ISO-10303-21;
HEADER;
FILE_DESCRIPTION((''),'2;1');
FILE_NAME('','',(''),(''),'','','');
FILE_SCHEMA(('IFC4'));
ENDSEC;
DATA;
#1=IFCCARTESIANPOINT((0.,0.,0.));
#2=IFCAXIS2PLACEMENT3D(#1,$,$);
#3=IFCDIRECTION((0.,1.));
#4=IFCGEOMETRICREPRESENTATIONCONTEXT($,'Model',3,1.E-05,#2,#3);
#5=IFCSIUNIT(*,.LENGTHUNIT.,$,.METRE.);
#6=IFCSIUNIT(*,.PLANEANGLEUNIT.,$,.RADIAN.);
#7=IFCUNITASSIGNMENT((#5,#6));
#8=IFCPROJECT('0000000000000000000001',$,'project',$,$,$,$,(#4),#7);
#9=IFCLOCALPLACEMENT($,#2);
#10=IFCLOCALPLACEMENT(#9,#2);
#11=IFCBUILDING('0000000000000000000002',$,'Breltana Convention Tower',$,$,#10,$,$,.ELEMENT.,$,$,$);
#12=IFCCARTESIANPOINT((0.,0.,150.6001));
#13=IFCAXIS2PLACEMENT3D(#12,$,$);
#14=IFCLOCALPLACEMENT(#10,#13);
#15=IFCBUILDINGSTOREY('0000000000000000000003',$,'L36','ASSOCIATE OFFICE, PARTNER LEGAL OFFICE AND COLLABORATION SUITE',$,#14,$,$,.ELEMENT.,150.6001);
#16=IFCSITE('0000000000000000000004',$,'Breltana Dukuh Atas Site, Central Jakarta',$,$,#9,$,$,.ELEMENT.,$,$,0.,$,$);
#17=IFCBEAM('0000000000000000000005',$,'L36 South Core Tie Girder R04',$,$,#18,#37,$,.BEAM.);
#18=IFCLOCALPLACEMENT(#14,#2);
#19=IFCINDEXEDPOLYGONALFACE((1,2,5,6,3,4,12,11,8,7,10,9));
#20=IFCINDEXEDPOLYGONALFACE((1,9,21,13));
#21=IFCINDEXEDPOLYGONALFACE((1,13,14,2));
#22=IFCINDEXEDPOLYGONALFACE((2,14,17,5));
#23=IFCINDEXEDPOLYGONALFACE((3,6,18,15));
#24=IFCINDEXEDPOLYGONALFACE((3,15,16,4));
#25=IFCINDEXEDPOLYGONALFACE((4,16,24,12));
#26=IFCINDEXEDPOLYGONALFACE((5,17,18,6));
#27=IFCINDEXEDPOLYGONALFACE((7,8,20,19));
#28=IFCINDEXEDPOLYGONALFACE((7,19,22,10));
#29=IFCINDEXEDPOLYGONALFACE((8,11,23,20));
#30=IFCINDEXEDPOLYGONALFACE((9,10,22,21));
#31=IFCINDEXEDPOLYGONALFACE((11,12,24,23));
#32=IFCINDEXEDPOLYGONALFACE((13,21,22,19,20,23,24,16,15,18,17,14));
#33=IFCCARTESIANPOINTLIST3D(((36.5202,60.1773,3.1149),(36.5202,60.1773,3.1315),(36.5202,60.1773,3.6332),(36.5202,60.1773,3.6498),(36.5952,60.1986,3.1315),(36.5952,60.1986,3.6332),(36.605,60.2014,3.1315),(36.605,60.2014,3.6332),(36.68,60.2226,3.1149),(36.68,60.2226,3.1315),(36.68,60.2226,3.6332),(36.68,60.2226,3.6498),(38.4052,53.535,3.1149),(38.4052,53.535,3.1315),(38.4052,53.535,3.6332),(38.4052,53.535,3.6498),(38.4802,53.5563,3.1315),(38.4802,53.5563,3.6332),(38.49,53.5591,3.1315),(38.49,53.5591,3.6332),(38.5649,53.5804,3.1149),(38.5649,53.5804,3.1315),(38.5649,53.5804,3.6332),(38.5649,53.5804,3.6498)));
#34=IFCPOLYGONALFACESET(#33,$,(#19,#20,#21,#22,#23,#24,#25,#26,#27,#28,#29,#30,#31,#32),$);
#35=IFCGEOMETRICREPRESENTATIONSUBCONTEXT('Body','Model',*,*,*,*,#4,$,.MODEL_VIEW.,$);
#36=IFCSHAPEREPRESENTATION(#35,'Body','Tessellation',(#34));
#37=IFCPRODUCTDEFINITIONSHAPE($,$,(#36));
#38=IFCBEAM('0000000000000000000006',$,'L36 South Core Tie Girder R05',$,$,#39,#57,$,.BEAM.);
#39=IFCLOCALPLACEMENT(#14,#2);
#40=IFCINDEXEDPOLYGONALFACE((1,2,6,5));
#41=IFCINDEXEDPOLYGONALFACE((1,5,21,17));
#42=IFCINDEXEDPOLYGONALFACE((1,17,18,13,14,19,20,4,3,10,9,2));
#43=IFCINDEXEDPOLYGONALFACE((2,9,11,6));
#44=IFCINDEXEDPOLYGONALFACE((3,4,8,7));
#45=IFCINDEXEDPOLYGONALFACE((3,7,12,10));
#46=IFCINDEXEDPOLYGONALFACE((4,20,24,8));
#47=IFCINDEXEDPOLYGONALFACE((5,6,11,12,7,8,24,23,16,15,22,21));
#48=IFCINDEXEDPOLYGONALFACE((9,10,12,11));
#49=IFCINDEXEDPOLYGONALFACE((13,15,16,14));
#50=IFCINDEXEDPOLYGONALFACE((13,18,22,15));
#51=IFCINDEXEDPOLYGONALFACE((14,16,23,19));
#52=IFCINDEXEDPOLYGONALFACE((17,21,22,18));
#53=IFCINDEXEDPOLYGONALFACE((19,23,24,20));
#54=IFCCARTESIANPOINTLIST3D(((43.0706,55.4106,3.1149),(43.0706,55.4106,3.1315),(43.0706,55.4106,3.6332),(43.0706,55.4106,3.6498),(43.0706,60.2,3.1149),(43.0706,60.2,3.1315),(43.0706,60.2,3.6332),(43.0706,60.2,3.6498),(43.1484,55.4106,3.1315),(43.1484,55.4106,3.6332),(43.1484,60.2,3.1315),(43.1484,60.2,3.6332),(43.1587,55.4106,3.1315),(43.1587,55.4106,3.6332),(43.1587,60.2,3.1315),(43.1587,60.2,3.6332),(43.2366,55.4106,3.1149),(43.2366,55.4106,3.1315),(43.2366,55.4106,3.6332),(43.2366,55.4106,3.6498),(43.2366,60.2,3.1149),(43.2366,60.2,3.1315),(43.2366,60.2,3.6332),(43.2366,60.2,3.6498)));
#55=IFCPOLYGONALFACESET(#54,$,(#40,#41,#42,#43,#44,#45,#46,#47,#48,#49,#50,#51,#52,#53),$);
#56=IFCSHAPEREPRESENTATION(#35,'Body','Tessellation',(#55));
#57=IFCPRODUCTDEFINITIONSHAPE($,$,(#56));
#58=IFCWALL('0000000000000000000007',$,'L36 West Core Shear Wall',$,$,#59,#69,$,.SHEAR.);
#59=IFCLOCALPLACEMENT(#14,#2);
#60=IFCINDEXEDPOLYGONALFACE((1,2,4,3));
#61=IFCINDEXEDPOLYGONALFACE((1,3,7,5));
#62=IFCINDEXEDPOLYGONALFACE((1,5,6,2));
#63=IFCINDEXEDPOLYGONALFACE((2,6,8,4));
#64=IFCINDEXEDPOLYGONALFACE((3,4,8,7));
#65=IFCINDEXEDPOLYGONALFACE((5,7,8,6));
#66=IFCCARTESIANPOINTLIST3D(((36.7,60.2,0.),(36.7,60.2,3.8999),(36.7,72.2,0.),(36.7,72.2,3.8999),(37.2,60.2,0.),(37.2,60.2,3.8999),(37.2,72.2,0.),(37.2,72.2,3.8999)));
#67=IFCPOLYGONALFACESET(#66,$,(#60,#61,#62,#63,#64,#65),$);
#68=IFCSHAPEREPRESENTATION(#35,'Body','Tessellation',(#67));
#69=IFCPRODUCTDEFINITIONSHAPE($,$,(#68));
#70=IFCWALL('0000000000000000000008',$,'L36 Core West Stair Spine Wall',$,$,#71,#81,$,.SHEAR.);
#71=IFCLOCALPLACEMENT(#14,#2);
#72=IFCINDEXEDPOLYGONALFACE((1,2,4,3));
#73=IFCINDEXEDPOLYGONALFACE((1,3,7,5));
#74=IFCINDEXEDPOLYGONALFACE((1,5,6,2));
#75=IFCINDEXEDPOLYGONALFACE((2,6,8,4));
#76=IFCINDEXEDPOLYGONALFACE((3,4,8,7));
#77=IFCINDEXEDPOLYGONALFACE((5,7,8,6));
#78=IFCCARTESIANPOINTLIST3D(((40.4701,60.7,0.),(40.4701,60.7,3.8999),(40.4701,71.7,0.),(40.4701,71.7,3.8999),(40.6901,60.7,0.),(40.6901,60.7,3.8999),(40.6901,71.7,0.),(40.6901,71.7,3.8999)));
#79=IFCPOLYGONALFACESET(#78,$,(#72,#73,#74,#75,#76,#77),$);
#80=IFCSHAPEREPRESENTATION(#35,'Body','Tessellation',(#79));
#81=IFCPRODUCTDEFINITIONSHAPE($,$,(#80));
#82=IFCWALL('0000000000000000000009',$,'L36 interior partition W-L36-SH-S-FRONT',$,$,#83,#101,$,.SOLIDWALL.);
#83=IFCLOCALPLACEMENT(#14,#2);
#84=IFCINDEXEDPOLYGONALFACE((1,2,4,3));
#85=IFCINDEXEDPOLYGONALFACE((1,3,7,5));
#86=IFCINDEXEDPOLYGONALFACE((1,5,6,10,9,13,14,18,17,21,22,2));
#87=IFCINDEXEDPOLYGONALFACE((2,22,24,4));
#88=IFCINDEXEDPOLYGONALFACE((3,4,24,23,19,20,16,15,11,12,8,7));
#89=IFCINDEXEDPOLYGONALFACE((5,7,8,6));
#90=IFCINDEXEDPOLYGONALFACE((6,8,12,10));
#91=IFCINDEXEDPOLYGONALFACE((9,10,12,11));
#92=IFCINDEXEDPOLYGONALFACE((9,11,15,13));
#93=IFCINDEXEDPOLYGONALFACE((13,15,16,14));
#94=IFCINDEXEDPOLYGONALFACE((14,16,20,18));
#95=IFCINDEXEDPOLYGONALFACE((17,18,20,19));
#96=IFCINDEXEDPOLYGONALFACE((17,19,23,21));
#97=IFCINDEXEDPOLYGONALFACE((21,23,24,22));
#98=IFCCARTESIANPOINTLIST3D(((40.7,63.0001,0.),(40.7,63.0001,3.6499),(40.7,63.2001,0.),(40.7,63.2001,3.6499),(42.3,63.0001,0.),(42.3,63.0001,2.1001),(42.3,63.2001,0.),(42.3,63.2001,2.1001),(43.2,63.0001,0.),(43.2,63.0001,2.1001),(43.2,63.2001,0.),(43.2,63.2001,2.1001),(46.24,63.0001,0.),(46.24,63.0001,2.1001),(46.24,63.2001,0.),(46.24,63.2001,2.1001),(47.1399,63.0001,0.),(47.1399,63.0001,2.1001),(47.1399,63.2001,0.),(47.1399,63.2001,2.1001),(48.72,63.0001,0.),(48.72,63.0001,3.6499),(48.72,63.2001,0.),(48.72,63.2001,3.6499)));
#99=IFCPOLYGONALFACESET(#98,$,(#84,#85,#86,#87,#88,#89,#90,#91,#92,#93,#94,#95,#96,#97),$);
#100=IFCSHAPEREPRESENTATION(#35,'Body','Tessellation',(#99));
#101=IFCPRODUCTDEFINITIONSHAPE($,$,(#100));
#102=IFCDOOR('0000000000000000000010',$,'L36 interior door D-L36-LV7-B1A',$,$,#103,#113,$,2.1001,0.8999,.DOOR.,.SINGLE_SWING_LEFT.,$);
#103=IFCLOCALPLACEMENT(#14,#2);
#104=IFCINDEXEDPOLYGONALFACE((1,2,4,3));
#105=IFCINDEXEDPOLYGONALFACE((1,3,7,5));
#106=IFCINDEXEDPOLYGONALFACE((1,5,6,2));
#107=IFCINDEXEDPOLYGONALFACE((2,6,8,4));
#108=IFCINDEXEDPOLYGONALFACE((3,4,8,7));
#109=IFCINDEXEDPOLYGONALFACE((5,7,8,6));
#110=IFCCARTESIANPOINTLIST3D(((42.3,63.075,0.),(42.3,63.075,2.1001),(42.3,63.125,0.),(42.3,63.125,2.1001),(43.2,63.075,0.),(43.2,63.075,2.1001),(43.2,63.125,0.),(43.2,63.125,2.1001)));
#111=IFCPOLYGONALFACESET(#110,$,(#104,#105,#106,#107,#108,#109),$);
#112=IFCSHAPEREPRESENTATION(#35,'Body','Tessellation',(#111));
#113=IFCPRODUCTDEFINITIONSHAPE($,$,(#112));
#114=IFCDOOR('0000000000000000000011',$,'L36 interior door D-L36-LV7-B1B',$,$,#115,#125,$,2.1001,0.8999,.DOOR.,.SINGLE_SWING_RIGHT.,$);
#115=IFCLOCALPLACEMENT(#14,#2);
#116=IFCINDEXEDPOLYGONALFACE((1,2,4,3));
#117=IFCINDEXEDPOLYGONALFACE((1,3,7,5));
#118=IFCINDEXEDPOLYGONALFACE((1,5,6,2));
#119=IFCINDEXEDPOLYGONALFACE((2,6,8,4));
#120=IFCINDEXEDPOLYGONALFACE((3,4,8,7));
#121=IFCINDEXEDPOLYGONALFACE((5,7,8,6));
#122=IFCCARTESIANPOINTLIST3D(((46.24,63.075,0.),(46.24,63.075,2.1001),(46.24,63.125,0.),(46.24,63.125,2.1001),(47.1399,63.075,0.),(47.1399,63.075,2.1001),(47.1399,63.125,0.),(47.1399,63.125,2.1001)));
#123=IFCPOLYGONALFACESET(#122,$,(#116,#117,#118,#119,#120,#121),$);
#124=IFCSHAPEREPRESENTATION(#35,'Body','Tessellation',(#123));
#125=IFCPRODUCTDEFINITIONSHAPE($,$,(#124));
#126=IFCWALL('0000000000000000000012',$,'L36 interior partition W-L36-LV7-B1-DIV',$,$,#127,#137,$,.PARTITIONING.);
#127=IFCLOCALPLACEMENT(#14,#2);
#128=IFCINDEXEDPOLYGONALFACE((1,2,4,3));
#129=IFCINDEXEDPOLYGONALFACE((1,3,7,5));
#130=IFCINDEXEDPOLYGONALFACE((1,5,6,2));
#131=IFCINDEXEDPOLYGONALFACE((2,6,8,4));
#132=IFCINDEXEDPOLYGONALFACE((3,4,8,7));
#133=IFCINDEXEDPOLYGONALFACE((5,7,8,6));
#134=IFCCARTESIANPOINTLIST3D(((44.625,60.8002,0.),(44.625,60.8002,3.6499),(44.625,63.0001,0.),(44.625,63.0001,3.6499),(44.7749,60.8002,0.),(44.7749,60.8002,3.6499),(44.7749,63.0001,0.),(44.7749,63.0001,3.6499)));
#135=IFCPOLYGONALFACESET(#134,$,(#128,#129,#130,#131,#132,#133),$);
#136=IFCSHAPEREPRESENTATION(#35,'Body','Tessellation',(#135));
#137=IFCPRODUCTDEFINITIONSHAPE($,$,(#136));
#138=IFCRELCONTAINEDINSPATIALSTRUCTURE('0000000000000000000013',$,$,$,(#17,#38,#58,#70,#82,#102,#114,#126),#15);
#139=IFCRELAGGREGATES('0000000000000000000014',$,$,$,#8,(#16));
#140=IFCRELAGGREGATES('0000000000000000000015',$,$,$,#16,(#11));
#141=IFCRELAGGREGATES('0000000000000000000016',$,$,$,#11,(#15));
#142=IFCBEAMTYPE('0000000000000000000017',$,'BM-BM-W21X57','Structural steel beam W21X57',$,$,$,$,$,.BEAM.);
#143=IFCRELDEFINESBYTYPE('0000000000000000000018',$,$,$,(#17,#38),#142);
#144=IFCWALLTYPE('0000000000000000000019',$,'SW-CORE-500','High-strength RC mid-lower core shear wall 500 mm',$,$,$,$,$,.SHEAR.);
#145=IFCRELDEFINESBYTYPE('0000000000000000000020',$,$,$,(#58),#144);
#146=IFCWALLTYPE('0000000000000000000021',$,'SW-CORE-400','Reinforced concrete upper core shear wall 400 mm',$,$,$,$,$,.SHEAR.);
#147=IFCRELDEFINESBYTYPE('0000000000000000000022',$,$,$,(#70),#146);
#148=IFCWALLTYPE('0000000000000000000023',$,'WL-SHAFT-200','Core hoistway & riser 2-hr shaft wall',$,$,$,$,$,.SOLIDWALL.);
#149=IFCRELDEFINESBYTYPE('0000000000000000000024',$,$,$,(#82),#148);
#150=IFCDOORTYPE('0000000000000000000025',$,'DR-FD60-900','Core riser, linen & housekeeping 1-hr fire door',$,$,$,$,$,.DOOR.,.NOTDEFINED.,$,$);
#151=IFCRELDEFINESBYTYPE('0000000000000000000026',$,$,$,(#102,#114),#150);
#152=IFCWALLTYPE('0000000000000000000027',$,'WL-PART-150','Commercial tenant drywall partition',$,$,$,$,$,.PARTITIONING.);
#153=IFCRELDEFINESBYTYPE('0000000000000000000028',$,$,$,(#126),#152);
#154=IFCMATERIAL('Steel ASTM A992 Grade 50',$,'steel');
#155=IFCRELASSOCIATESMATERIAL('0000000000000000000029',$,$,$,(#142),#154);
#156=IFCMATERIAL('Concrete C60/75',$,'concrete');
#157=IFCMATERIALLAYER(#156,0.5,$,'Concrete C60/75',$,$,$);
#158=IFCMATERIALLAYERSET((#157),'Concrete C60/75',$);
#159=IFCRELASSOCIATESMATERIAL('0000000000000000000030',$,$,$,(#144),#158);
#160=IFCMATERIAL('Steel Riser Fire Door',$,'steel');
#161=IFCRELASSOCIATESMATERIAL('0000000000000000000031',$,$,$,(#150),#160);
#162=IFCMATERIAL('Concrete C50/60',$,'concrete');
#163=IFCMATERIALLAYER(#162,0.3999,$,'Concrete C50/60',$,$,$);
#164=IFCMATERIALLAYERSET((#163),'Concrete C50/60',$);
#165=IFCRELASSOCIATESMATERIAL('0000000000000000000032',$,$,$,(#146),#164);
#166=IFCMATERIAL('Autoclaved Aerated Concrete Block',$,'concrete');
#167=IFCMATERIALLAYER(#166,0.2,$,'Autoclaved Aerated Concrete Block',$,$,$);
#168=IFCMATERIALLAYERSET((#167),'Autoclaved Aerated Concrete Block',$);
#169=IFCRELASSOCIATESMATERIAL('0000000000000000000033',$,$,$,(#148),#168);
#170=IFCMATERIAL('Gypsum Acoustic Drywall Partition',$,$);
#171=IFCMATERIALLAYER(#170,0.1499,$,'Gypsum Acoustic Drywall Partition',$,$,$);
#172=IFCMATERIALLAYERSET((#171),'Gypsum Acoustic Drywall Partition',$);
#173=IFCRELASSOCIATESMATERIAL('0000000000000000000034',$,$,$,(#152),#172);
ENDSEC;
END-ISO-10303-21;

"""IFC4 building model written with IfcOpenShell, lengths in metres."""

from ifc_helpers import new_model, si_unit, direction, frame, frame_2d, origin, origin_2d, place, context, subcontext, project, spatial, rectangle, i_section, extrude, source, transform, mapped, material, layer, layer_set, material_profile, profile_set, type_object, type_shapes, element, fill, save


model = new_model("IFC4")

# Units and contexts
model_context = context("Model", 3, precision=1e-05, world=origin(), true_north=direction((0.0, 1.0)))
body_context = subcontext(model_context, "Body", "Model", "MODEL_VIEW")
ifc_project = project(units=[si_unit("LENGTHUNIT", "METRE"), si_unit("PLANEANGLEUNIT", "RADIAN")], contexts=[model_context])

# Site, building, storey
site_placement = place(None, origin())
site = spatial("IfcSite", under=ifc_project, at=site_placement, Name="Breltana Dukuh Atas Site, Central Jakarta", CompositionType="ELEMENT", RefElevation=0.0)
building_placement = place(site_placement, origin())
building = spatial("IfcBuilding", under=site, at=building_placement, Name="Breltana Convention Tower", CompositionType="ELEMENT")
storey_placement = place(building_placement, frame((0.0, 0.0, 150.6001)))
storey = spatial("IfcBuildingStorey", under=building, at=storey_placement, Name="L36", Description="ASSOCIATE OFFICE, PARTNER LEGAL OFFICE AND COLLABORATION SUITE", CompositionType="ELEMENT", Elevation=150.6001)

# Beams
ifc_material_1 = material(Name="Steel ASTM A992 Grade 50", Category="steel")
ifc_material_profile = material_profile(ifc_material_1, i_section(OverallWidth=0.166, OverallDepth=0.5349, WebThickness=0.0103, FlangeThickness=0.0166, at=origin_2d()), Name="W21X57")
ifc_profile_set = profile_set([ifc_material_profile], Name="Steel ASTM A992 Grade 50")
beam_type = type_object("IfcBeamType", Name="BM-BM-W21X57", Description="Structural steel beam W21X57", PredefinedType="BEAM", material=ifc_profile_set)
shared_shape_1 = source(origin(), body_context, "Body", "SweptSolid", [
    extrude(i_section(OverallWidth=0.166, OverallDepth=0.5349, WebThickness=0.0103, FlangeThickness=0.0166, at=origin_2d()), origin(), (0.0, 0.0, 1.0), 6.9045),
])
type_shapes(beam_type, [shared_shape_1])
beam_1_placement = place(storey_placement, frame((36.6001, 60.2, 3.3823), z_axis=(0.273007, -0.962012, 0.0), x_axis=(0.962012, 0.273007, 0.0)))
element("IfcBeam", 1, at=beam_1_placement, inside=storey, type_object=beam_type, Name="L36 South Core Tie Girder R04", PredefinedType="BEAM", context=body_context, shape_type="MappedRepresentation", body=[
    mapped(shared_shape_1, transform((0.0, 0.0, 0.0), scale=1.0)),
])
shared_shape_2 = source(origin(), body_context, "Body", "SweptSolid", [
    extrude(i_section(OverallWidth=0.166, OverallDepth=0.5349, WebThickness=0.0103, FlangeThickness=0.0166, at=origin_2d()), origin(), (0.0, 0.0, 1.0), 4.7893),
])
beam_2_placement = place(storey_placement, frame((43.1536, 60.2, 3.3823), z_axis=(0.0, -1.0, 0.0), x_axis=(1.0, 0.0, 0.0)))
element("IfcBeam", 2, at=beam_2_placement, inside=storey, type_object=beam_type, Name="L36 South Core Tie Girder R05", PredefinedType="BEAM", context=body_context, shape_type="MappedRepresentation", body=[
    mapped(shared_shape_2, transform((0.0, 0.0, 0.0), scale=1.0)),
])

# Wall
ifc_material_2 = material(Name="Concrete C60/75", Category="concrete")
ifc_layer_1 = layer(ifc_material_2, 0.5, Name="Concrete C60/75")
ifc_layer_set_1 = layer_set([ifc_layer_1], Name="Concrete C60/75")
wall_type_1 = type_object("IfcWallType", Name="SW-CORE-500", Description="High-strength RC mid-lower core shear wall 500 mm", PredefinedType="SHEAR", material=ifc_layer_set_1)
shared_shape_3 = source(origin(), body_context, "Body", "SweptSolid", [
    extrude(rectangle(XDim=12.0, YDim=0.5, at=frame_2d((6.0, 0.0))), origin(), (0.0, 0.0, 1.0), 3.8999),
])
wall_1_placement = place(storey_placement, frame((36.95, 60.2, 0.0), z_axis=(0.0, 0.0, 1.0), x_axis=(0.0, 1.0, 0.0)))
element("IfcWall", 3, at=wall_1_placement, inside=storey, type_object=wall_type_1, Name="L36 West Core Shear Wall", PredefinedType="SHEAR", context=body_context, shape_type="MappedRepresentation", body=[
    mapped(shared_shape_3, transform((0.0, 0.0, 0.0), scale=1.0)),
])

# Shared definitions
ifc_material_3 = material(Name="Steel Riser Fire Door", Category="steel")
door_type_1 = type_object("IfcDoorType", Name="DR-FD60-900", Description="Core riser, linen & housekeeping 1-hr fire door", OperationType="NOTDEFINED", PredefinedType="DOOR", material=ifc_material_3)
shared_shape_4 = source(origin(), body_context, "Body", "SweptSolid", [
    extrude(rectangle(XDim=0.8999, YDim=2.1001, at=frame_2d((0.45, 1.05))), frame((0.0, 0.0249, 0.0), z_axis=(0.0, -1.0, 0.0), x_axis=(1.0, 0.0, 0.0)), (0.0, 0.0, 1.0), 0.05),
])
type_shapes(door_type_1, [shared_shape_4])

# Wall
ifc_material_4 = material(Name="Concrete C50/60", Category="concrete")
ifc_layer_2 = layer(ifc_material_4, 0.3999, Name="Concrete C50/60")
ifc_layer_set_2 = layer_set([ifc_layer_2], Name="Concrete C50/60")
wall_type_2 = type_object("IfcWallType", Name="SW-CORE-400", Description="Reinforced concrete upper core shear wall 400 mm", PredefinedType="SHEAR", material=ifc_layer_set_2)
shared_shape_5 = source(origin(), body_context, "Body", "SweptSolid", [
    extrude(rectangle(XDim=11.0, YDim=0.22, at=frame_2d((5.5, 0.0))), origin(), (0.0, 0.0, 1.0), 3.8999),
])
wall_2_placement = place(storey_placement, frame((40.5801, 60.7, 0.0), z_axis=(0.0, 0.0, 1.0), x_axis=(0.0, 1.0, 0.0)))
element("IfcWall", 4, at=wall_2_placement, inside=storey, type_object=wall_type_2, Name="L36 Core West Stair Spine Wall", PredefinedType="SHEAR", context=body_context, shape_type="MappedRepresentation", body=[
    mapped(shared_shape_5, transform((0.0, 0.0, 0.0), scale=1.0)),
])

# Wall, openings, doors
ifc_material_5 = material(Name="Autoclaved Aerated Concrete Block", Category="concrete")
ifc_layer_3 = layer(ifc_material_5, 0.2, Name="Autoclaved Aerated Concrete Block")
ifc_layer_set_3 = layer_set([ifc_layer_3], Name="Autoclaved Aerated Concrete Block")
wall_type_3 = type_object("IfcWallType", Name="WL-SHAFT-200", Description="Core hoistway & riser 2-hr shaft wall", PredefinedType="SOLIDWALL", material=ifc_layer_set_3)
shared_shape_6 = source(origin(), body_context, "Body", "SweptSolid", [
    extrude(rectangle(XDim=8.02, YDim=0.2, at=frame_2d((4.01, 0.0))), origin(), (0.0, 0.0, 1.0), 3.6499),
])
wall_3_placement = place(storey_placement, frame((40.7, 63.1001, 0.0), z_axis=(0.0, 0.0, 1.0), x_axis=(1.0, 0.0, 0.0)))
wall_3 = element("IfcWall", 5, at=wall_3_placement, inside=storey, type_object=wall_type_3, Name="L36 interior partition W-L36-SH-S-FRONT", PredefinedType="SOLIDWALL", context=body_context, shape_type="MappedRepresentation", body=[
    mapped(shared_shape_6, transform((0.0, 0.0, 0.0), scale=1.0)),
])
opening_1_placement = place(wall_3_placement, frame((1.6001, 0.0, 0.0)))
opening_1 = element("IfcOpeningElement", 6, at=opening_1_placement, cuts=wall_3, PredefinedType="OPENING", context=body_context, shape_type="SweptSolid", body=[
    extrude(rectangle(XDim=0.8999, YDim=2.1001, at=frame_2d((0.45, 1.05))), frame((0.0, 0.1099, 0.0), z_axis=(0.0, -1.0, 0.0), x_axis=(1.0, 0.0, 0.0)), (0.0, 0.0, 1.0), 0.22),
])
opening_2_placement = place(wall_3_placement, frame((5.54, 0.0, 0.0)))
opening_2 = element("IfcOpeningElement", 7, at=opening_2_placement, cuts=wall_3, PredefinedType="OPENING", context=body_context, shape_type="SweptSolid", body=[
    extrude(rectangle(XDim=0.8999, YDim=2.1001, at=frame_2d((0.45, 1.05))), frame((0.0, 0.1099, 0.0), z_axis=(0.0, -1.0, 0.0), x_axis=(1.0, 0.0, 0.0)), (0.0, 0.0, 1.0), 0.22),
])
door_1_placement = place(opening_1_placement, origin())
door_1 = element("IfcDoor", 8, at=door_1_placement, inside=storey, type_object=door_type_1, Name="L36 interior door D-L36-LV7-B1A", OperationType="SINGLE_SWING_LEFT", OverallHeight=2.1001, OverallWidth=0.8999, PredefinedType="DOOR", context=body_context, shape_type="MappedRepresentation", body=[
    mapped(shared_shape_4, transform((0.0, 0.0, 0.0), scale=1.0)),
])
fill(opening_1, door_1)
door_2_placement = place(opening_2_placement, origin())
door_2 = element("IfcDoor", 9, at=door_2_placement, inside=storey, type_object=door_type_1, Name="L36 interior door D-L36-LV7-B1B", OperationType="SINGLE_SWING_RIGHT", OverallHeight=2.1001, OverallWidth=0.8999, PredefinedType="DOOR", context=body_context, shape_type="MappedRepresentation", body=[
    mapped(shared_shape_4, transform((0.0, 0.0, 0.0), scale=1.0)),
])
fill(opening_2, door_2)

# Wall
ifc_material_6 = material(Name="Gypsum Acoustic Drywall Partition")
ifc_layer_4 = layer(ifc_material_6, 0.1499, Name="Gypsum Acoustic Drywall Partition")
ifc_layer_set_4 = layer_set([ifc_layer_4], Name="Gypsum Acoustic Drywall Partition")
wall_type_4 = type_object("IfcWallType", Name="WL-PART-150", Description="Commercial tenant drywall partition", PredefinedType="PARTITIONING", material=ifc_layer_set_4)
shared_shape_7 = source(origin(), body_context, "Body", "SweptSolid", [
    extrude(rectangle(XDim=2.2, YDim=0.1499, at=frame_2d((1.1001, 0.0))), origin(), (0.0, 0.0, 1.0), 3.6499),
])
wall_4_placement = place(storey_placement, frame((44.7, 60.8, 0.0), z_axis=(0.0, 0.0, 1.0), x_axis=(0.0, 1.0, 0.0)))
element("IfcWall", 10, at=wall_4_placement, inside=storey, type_object=wall_type_4, Name="L36 interior partition W-L36-LV7-B1-DIV", PredefinedType="PARTITIONING", context=body_context, shape_type="MappedRepresentation", body=[
    mapped(shared_shape_7, transform((0.0, 0.0, 0.0), scale=1.0)),
])

save(model, "model.ifc")
